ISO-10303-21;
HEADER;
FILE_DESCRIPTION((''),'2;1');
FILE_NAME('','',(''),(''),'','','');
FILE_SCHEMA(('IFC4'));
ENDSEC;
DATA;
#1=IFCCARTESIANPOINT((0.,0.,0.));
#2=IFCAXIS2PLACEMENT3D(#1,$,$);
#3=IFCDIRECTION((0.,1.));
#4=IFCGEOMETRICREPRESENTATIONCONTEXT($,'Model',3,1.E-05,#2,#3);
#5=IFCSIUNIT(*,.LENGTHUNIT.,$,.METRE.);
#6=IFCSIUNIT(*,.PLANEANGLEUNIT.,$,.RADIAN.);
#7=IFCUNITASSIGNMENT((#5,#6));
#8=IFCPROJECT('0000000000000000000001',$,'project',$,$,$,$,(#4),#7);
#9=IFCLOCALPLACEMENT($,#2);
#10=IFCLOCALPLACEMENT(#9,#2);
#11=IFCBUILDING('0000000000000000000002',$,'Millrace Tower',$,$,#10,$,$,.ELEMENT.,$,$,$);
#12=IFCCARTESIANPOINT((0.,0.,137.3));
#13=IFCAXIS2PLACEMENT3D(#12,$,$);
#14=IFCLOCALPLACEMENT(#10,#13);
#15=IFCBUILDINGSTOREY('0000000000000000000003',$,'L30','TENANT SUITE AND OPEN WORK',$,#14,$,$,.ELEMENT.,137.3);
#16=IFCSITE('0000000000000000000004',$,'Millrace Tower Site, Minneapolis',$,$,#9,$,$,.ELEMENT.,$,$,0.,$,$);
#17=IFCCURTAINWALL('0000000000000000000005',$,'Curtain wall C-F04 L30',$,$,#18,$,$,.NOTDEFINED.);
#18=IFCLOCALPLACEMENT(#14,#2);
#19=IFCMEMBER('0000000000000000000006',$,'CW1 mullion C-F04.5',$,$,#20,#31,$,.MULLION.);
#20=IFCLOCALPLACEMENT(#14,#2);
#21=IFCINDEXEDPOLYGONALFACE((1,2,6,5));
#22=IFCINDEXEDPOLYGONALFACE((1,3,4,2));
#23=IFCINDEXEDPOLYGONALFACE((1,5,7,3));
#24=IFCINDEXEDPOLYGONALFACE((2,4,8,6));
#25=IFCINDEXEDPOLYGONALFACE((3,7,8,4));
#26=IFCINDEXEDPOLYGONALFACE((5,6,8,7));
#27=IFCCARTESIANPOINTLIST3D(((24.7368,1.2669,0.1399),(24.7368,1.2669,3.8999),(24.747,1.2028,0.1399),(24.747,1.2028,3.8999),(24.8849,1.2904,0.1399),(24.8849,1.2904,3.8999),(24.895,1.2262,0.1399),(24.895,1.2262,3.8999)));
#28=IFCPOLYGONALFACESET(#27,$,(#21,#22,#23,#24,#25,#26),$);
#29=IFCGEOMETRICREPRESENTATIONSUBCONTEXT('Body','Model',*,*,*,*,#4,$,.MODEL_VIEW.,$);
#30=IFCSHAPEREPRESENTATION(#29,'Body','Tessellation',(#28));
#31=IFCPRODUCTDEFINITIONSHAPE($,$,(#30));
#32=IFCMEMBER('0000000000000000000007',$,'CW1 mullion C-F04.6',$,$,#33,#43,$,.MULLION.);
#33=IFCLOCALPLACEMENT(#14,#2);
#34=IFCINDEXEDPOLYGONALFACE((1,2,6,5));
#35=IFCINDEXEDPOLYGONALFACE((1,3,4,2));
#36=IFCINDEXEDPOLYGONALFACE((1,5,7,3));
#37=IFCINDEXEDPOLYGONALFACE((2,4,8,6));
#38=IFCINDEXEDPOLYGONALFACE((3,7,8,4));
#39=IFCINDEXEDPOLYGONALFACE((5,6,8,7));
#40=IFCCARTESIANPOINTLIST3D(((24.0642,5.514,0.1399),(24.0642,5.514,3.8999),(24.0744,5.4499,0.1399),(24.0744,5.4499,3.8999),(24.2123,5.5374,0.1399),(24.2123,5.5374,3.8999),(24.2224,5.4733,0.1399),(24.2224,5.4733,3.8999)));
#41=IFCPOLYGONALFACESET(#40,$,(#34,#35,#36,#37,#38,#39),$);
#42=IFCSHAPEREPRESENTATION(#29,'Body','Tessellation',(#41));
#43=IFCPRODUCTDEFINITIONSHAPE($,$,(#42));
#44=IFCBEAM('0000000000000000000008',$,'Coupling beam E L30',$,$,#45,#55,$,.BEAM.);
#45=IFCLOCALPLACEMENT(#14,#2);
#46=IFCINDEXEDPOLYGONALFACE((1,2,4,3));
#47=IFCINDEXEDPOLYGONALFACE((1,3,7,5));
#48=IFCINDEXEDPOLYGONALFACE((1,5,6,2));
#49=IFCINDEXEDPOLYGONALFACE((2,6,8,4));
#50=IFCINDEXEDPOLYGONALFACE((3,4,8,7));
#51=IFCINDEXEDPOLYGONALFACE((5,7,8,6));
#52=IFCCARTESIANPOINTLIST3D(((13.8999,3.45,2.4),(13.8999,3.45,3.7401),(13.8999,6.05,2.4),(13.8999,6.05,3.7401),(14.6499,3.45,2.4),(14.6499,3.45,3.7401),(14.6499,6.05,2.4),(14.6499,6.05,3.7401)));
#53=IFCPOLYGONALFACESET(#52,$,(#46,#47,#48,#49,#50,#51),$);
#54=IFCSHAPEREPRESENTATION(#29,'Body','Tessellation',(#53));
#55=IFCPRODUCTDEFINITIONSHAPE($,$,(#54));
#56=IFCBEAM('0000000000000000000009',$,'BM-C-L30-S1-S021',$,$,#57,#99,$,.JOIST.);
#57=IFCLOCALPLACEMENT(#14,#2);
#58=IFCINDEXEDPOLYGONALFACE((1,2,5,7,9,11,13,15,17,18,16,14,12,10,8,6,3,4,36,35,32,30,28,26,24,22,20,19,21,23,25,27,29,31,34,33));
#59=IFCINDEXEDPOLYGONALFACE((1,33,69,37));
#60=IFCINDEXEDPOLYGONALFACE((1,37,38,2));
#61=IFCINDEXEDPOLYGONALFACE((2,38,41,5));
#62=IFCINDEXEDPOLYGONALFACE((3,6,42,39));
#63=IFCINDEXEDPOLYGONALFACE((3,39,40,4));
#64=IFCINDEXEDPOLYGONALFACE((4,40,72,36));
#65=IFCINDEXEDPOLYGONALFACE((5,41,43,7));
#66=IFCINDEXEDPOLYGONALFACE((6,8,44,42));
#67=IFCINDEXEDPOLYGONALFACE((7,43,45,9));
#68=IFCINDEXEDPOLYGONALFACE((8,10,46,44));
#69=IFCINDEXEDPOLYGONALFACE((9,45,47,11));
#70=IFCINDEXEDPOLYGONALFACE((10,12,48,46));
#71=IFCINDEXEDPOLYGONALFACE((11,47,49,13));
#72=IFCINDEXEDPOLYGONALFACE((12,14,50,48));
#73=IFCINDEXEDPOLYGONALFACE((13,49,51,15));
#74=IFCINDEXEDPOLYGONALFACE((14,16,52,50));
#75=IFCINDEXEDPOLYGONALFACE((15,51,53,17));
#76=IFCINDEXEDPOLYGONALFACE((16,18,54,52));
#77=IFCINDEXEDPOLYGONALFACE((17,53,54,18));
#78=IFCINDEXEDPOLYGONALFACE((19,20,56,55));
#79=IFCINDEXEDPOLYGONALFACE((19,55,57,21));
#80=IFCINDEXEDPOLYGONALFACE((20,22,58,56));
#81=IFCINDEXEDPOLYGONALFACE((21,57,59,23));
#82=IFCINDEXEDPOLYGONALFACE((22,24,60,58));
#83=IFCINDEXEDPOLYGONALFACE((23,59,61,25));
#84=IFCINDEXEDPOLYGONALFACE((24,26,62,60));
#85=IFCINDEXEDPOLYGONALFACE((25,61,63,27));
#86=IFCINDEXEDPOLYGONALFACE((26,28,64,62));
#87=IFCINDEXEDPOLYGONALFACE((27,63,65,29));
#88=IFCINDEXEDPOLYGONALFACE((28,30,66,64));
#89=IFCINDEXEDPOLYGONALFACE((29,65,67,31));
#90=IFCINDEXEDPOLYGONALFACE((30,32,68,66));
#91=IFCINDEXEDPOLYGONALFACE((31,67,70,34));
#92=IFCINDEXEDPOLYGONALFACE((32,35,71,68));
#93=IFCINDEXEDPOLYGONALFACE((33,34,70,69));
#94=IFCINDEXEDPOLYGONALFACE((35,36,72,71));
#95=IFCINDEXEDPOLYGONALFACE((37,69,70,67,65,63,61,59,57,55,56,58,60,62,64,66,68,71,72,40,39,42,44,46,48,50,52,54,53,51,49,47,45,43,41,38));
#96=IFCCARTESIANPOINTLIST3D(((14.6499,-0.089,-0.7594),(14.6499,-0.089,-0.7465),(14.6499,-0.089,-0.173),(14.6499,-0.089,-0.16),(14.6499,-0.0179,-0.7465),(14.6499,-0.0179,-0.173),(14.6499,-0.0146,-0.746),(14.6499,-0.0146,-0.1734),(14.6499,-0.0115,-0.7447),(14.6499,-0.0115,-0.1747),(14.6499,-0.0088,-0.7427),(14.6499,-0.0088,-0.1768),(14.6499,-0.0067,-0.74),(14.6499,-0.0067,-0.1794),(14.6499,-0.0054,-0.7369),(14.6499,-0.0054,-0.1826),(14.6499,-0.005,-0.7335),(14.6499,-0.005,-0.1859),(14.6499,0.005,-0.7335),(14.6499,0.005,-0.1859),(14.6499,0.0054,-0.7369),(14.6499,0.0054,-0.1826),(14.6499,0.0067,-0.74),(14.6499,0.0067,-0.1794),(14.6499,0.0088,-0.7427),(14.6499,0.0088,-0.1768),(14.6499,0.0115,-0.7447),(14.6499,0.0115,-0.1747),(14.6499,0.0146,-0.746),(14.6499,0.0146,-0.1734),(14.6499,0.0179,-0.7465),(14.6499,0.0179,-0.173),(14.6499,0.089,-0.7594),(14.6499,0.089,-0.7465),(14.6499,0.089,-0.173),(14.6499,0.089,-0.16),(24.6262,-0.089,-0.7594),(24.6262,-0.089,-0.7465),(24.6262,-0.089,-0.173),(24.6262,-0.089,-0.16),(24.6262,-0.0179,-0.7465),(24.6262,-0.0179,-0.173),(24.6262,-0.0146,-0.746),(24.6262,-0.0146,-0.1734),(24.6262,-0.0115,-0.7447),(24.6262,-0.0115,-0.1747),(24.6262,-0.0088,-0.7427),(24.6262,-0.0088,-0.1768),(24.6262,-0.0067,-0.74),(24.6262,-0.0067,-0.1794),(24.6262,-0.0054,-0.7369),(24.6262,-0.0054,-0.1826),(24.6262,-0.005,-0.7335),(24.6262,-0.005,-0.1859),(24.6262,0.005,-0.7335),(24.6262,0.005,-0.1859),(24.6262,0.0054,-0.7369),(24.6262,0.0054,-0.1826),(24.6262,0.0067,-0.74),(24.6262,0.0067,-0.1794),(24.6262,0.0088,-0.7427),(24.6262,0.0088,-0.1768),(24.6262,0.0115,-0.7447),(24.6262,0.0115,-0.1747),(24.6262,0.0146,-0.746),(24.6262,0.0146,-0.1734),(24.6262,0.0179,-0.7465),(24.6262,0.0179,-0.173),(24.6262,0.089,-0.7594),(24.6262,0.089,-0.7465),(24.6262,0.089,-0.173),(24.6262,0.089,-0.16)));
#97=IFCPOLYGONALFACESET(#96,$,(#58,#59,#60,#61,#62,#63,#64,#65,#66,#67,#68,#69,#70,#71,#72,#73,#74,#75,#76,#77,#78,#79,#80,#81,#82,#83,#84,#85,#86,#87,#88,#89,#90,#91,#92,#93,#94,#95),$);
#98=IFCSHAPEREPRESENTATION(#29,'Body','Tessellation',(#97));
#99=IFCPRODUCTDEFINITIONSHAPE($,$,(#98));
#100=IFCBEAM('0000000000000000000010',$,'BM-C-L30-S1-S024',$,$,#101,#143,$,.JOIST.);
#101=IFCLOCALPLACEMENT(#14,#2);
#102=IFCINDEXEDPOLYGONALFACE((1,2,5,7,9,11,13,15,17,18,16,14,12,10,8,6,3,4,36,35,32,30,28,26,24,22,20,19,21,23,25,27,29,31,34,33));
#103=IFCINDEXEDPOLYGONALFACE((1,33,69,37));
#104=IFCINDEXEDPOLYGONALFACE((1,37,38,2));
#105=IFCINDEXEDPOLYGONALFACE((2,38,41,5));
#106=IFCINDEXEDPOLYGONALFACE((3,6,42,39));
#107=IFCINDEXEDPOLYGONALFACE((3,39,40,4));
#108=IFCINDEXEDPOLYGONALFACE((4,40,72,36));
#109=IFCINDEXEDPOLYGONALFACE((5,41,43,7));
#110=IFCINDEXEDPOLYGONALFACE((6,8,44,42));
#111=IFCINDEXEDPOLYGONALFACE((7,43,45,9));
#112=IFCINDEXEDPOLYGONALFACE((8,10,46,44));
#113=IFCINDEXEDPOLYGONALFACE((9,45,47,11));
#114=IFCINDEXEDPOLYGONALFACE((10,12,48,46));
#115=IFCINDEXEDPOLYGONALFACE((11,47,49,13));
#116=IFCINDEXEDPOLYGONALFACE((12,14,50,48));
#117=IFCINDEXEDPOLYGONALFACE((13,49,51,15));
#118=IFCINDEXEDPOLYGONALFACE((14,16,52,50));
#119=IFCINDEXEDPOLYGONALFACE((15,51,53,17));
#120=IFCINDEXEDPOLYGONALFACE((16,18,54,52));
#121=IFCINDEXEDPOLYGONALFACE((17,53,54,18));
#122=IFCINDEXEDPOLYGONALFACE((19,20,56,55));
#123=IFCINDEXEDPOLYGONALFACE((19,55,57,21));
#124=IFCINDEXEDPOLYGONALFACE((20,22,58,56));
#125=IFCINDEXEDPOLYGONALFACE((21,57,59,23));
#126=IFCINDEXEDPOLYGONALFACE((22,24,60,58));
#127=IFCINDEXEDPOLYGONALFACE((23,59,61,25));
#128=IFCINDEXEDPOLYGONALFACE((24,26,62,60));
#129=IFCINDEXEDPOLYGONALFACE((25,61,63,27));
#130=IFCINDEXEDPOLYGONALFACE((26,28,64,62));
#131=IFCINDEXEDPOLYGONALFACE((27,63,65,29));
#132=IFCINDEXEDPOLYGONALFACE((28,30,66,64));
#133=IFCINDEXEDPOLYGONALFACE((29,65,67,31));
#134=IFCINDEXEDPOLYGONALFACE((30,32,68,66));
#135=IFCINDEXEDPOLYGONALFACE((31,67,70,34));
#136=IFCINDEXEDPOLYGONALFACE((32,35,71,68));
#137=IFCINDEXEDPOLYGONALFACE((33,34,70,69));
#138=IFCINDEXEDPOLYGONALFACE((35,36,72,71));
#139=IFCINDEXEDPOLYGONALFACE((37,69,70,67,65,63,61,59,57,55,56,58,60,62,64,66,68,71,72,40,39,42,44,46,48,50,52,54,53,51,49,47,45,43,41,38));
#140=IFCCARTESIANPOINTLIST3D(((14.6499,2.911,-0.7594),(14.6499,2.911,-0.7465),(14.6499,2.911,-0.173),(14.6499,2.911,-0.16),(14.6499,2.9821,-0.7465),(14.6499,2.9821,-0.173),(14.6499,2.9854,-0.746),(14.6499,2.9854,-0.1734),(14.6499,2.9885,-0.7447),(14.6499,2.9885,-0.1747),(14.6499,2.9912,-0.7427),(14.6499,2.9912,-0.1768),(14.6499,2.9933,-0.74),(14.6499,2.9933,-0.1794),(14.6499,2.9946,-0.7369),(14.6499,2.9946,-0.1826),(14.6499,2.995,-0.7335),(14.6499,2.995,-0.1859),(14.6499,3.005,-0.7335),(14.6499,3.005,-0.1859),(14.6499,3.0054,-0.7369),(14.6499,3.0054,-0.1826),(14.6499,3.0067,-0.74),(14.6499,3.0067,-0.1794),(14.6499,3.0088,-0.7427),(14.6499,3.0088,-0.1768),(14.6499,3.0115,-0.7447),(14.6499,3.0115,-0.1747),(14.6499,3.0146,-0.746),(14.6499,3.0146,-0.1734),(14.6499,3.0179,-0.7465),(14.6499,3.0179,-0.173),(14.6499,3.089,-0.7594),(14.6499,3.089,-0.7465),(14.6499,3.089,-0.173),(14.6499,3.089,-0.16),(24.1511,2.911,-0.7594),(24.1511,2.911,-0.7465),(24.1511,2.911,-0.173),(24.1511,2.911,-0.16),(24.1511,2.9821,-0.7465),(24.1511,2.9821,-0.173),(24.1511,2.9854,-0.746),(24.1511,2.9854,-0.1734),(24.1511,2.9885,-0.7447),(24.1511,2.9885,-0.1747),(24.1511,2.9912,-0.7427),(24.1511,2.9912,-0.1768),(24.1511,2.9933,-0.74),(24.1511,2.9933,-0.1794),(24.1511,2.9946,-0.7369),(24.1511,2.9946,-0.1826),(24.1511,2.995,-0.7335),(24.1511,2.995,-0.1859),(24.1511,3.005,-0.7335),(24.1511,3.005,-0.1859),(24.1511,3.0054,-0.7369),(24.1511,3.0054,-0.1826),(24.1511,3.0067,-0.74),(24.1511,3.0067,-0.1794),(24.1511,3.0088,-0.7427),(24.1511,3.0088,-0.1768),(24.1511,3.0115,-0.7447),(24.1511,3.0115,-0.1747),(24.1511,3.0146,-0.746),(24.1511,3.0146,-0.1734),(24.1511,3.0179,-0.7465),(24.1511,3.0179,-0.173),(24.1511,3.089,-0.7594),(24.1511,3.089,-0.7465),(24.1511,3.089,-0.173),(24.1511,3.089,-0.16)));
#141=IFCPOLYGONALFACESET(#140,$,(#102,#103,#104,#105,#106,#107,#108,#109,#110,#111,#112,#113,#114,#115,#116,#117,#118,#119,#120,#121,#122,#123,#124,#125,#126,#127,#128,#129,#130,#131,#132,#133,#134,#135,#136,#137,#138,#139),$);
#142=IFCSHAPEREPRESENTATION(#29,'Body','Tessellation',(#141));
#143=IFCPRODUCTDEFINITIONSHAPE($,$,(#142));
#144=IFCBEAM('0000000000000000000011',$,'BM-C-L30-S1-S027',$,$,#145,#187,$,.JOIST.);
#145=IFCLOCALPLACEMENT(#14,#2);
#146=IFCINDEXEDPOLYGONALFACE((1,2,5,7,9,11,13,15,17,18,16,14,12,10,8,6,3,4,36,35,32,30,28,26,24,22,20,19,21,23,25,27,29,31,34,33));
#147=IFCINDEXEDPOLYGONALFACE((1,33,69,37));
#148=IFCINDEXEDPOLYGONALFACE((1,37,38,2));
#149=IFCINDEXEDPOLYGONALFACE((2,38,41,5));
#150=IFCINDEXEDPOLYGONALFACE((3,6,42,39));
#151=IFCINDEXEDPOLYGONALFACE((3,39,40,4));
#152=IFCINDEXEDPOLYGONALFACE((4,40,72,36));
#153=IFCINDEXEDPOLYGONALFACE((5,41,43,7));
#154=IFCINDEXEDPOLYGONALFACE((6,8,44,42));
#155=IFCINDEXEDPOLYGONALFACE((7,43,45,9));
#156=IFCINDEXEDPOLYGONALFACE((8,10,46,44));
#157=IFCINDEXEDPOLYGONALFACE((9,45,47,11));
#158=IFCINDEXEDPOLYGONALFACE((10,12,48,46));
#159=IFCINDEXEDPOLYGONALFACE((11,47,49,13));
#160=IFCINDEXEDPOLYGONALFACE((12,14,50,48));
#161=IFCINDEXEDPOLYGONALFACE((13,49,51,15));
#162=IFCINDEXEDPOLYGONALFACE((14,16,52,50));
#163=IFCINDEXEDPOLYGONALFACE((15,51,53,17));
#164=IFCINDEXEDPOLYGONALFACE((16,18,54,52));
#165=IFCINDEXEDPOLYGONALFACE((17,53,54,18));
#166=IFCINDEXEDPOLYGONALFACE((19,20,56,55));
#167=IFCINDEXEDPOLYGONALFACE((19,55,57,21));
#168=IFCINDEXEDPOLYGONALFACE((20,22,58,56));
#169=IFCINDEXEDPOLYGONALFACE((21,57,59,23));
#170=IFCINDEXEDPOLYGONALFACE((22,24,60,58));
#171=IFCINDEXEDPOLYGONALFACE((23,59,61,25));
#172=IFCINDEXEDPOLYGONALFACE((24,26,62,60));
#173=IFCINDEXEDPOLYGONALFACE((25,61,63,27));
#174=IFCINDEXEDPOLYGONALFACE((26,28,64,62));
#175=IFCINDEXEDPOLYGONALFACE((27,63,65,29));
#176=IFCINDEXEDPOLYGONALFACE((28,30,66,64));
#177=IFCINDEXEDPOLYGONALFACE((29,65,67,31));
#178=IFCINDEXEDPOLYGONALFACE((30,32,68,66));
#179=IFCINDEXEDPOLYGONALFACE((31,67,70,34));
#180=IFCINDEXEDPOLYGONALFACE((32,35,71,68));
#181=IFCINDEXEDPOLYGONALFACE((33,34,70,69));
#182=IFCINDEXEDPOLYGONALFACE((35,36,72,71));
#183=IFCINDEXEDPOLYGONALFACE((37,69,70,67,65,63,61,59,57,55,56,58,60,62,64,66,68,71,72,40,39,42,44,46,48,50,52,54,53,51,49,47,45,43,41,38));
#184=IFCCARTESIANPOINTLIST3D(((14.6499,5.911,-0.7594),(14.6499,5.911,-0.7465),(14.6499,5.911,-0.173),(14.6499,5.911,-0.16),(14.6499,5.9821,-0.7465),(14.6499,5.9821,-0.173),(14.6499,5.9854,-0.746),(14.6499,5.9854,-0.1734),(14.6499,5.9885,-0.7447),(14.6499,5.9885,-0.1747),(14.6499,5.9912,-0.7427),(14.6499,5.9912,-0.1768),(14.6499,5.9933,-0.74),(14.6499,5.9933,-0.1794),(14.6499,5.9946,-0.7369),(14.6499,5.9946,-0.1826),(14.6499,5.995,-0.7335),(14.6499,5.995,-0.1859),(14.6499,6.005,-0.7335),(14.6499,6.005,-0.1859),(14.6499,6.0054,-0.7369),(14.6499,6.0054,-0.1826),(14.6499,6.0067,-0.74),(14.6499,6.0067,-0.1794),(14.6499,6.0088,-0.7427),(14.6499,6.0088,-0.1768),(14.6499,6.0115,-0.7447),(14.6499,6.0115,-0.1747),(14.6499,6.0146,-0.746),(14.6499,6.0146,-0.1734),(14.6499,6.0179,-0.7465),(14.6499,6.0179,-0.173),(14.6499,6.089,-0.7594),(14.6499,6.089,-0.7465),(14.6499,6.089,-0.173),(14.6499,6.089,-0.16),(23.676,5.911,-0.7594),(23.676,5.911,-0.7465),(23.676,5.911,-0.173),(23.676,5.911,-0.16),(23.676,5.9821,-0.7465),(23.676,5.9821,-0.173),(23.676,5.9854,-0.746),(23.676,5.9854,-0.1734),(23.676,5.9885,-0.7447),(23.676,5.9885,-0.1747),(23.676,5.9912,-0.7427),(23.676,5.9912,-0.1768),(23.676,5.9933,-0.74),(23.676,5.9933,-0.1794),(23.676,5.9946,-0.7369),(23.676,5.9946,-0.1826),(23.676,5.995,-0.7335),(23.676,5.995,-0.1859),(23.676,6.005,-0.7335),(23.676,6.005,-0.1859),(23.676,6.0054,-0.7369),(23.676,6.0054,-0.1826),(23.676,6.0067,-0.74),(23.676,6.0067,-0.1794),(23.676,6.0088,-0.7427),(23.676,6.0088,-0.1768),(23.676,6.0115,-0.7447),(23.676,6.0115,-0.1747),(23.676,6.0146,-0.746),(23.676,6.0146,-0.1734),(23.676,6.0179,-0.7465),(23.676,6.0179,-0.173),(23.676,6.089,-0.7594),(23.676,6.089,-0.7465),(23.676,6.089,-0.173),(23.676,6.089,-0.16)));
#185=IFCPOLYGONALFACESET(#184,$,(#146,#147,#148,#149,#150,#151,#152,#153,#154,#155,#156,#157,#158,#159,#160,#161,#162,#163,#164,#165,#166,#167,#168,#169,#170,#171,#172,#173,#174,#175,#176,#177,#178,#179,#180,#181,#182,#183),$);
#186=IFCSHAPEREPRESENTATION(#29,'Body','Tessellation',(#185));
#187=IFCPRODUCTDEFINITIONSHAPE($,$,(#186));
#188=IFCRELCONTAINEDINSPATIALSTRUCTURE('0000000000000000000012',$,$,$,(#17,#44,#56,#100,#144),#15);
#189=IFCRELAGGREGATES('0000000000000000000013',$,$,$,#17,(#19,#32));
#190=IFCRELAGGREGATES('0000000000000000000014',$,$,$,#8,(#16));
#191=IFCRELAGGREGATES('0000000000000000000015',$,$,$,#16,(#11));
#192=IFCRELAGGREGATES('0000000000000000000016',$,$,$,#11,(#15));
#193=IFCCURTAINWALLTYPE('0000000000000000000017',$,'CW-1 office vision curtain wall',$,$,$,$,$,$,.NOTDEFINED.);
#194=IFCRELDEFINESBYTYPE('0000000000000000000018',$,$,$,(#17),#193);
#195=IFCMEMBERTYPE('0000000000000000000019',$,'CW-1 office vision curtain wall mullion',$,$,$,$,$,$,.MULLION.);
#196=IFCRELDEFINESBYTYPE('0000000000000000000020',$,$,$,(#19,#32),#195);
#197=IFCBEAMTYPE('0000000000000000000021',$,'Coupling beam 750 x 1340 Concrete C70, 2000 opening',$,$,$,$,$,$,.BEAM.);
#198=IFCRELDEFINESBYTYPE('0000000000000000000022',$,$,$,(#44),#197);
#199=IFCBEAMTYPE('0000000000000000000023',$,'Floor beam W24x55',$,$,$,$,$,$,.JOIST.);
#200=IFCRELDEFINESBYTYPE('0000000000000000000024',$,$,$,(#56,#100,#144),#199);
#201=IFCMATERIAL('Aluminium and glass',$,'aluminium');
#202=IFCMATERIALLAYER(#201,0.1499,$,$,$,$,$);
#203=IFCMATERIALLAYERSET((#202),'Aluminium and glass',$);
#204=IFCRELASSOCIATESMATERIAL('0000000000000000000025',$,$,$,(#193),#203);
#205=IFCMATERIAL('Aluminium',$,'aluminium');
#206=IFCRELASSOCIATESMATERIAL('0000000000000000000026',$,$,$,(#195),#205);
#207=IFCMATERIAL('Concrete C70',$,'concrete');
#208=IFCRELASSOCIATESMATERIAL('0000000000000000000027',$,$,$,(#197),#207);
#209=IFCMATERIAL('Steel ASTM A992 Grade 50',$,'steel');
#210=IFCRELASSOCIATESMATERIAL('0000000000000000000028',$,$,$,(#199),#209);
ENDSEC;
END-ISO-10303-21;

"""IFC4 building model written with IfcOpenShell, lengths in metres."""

from ifc_helpers import new_model, si_unit, direction, frame, origin, origin_2d, place, context, subcontext, project, spatial, rectangle, i_section, extrude, material, layer, layer_set, material_profile, profile_set, type_object, element, aggregate, save


model = new_model("IFC4")

# Units and contexts
model_context = context("Model", 3, precision=1e-05, world=origin(), true_north=direction((0.0, 1.0)))
body_context = subcontext(model_context, "Body", "Model", "MODEL_VIEW")
ifc_project = project(units=[si_unit("LENGTHUNIT", "METRE"), si_unit("PLANEANGLEUNIT", "RADIAN")], contexts=[model_context])

# Site, building, storey
site_placement = place(None, origin())
site = spatial("IfcSite", under=ifc_project, at=site_placement, Name="Millrace Tower Site, Minneapolis", CompositionType="ELEMENT", RefElevation=0.0)
building_placement = place(site_placement, origin())
building = spatial("IfcBuilding", under=site, at=building_placement, Name="Millrace Tower", CompositionType="ELEMENT")
storey_placement = place(building_placement, frame((0.0, 0.0, 137.3)))
storey = spatial("IfcBuildingStorey", under=building, at=storey_placement, Name="L30", Description="TENANT SUITE AND OPEN WORK", CompositionType="ELEMENT", Elevation=137.3)

# Curtain wall, members
ifc_material_1 = material(Name="Aluminium and glass", Category="aluminium")
ifc_layer_1 = layer(ifc_material_1, 0.1499)
ifc_layer_set_1 = layer_set([ifc_layer_1], Name="Aluminium and glass")
curtain_wall_type = type_object("IfcCurtainWallType", Name="CW-1 office vision curtain wall", PredefinedType="NOTDEFINED", material=ifc_layer_set_1)
curtain_wall_placement = place(storey_placement, origin())
curtain_wall = element("IfcCurtainWall", 1, at=curtain_wall_placement, inside=storey, type_object=curtain_wall_type, Name="Curtain wall C-F04 L30", PredefinedType="NOTDEFINED")
ifc_material_2 = material(Name="Aluminium", Category="aluminium")
ifc_material_profile_1 = material_profile(ifc_material_2, rectangle(XDim=0.0649, YDim=0.1499, at=origin_2d()))
ifc_profile_set_1 = profile_set([ifc_material_profile_1], Name="Aluminium")
member_type = type_object("IfcMemberType", Name="CW-1 office vision curtain wall mullion", PredefinedType="MULLION", material=ifc_profile_set_1)
member_1_placement = place(storey_placement, frame((24.8159, 1.2466, 0.1399), z_axis=(0.0, 0.0, 1.0), x_axis=(-0.156434, 0.987688, 0.0)))
member_1 = element("IfcMember", 2, at=member_1_placement, type_object=member_type, Name="CW1 mullion C-F04.5", PredefinedType="MULLION", context=body_context, shape_type="SweptSolid", body=[
    extrude(rectangle(XDim=0.0649, YDim=0.1499, at=origin_2d()), origin(), (0.0, 0.0, 1.0), 3.76),
])
member_2_placement = place(storey_placement, frame((24.1433, 5.4937, 0.1399), z_axis=(0.0, 0.0, 1.0), x_axis=(-0.156434, 0.987688, 0.0)))
member_2 = element("IfcMember", 3, at=member_2_placement, type_object=member_type, Name="CW1 mullion C-F04.6", PredefinedType="MULLION", context=body_context, shape_type="SweptSolid", body=[
    extrude(rectangle(XDim=0.0649, YDim=0.1499, at=origin_2d()), origin(), (0.0, 0.0, 1.0), 3.76),
])
aggregate(curtain_wall, [member_1, member_2])

# Beams
ifc_material_3 = material(Name="Concrete C70", Category="concrete")
ifc_material_profile_2 = material_profile(ifc_material_3, rectangle(XDim=0.75, YDim=1.3401, at=origin_2d()))
ifc_profile_set_2 = profile_set([ifc_material_profile_2], Name="Concrete C70")
beam_type_1 = type_object("IfcBeamType", Name="Coupling beam 750 x 1340 Concrete C70, 2000 opening", PredefinedType="BEAM", material=ifc_profile_set_2)
beam_1_placement = place(storey_placement, frame((14.2749, 6.05, 3.0701), z_axis=(0.0, -1.0, 0.0), x_axis=(1.0, 0.0, 0.0)))
element("IfcBeam", 4, at=beam_1_placement, inside=storey, type_object=beam_type_1, Name="Coupling beam E L30", PredefinedType="BEAM", context=body_context, shape_type="SweptSolid", body=[
    extrude(rectangle(XDim=0.75, YDim=1.3401, at=origin_2d()), origin(), (0.0, 0.0, 1.0), 2.6001),
])
ifc_material_4 = material(Name="Steel ASTM A992 Grade 50", Category="steel")
ifc_material_profile_3 = material_profile(ifc_material_4, i_section(OverallWidth=0.178, OverallDepth=0.5994, WebThickness=0.01, FlangeThickness=0.0129, FilletRadius=0.0129, at=origin_2d()))
ifc_profile_set_3 = profile_set([ifc_material_profile_3], Name="Steel ASTM A992 Grade 50")
beam_type_2 = type_object("IfcBeamType", Name="Floor beam W24x55", PredefinedType="JOIST", material=ifc_profile_set_3)
beam_2_placement = place(storey_placement, frame((14.6499, 0.0, -0.4597), z_axis=(1.0, 0.0, 0.0), x_axis=(0.0, 1.0, 0.0)))
element("IfcBeam", 5, at=beam_2_placement, inside=storey, type_object=beam_type_2, Name="BM-C-L30-S1-S021", PredefinedType="JOIST", context=body_context, shape_type="SweptSolid", body=[
    extrude(i_section(OverallWidth=0.178, OverallDepth=0.5994, WebThickness=0.01, FlangeThickness=0.0129, FilletRadius=0.0129, at=origin_2d()), origin(), (0.0, 0.0, 1.0), 9.9763),
])
beam_3_placement = place(storey_placement, frame((14.6499, 3.0, -0.4597), z_axis=(1.0, 0.0, 0.0), x_axis=(0.0, 1.0, 0.0)))
element("IfcBeam", 6, at=beam_3_placement, inside=storey, type_object=beam_type_2, Name="BM-C-L30-S1-S024", PredefinedType="JOIST", context=body_context, shape_type="SweptSolid", body=[
    extrude(i_section(OverallWidth=0.178, OverallDepth=0.5994, WebThickness=0.01, FlangeThickness=0.0129, FilletRadius=0.0129, at=origin_2d()), origin(), (0.0, 0.0, 1.0), 9.5012),
])
beam_4_placement = place(storey_placement, frame((14.6499, 6.0, -0.4597), z_axis=(1.0, 0.0, 0.0), x_axis=(0.0, 1.0, 0.0)))
element("IfcBeam", 7, at=beam_4_placement, inside=storey, type_object=beam_type_2, Name="BM-C-L30-S1-S027", PredefinedType="JOIST", context=body_context, shape_type="SweptSolid", body=[
    extrude(i_section(OverallWidth=0.178, OverallDepth=0.5994, WebThickness=0.01, FlangeThickness=0.0129, FilletRadius=0.0129, at=origin_2d()), origin(), (0.0, 0.0, 1.0), 9.0261),
])

save(model, "model.ifc")
